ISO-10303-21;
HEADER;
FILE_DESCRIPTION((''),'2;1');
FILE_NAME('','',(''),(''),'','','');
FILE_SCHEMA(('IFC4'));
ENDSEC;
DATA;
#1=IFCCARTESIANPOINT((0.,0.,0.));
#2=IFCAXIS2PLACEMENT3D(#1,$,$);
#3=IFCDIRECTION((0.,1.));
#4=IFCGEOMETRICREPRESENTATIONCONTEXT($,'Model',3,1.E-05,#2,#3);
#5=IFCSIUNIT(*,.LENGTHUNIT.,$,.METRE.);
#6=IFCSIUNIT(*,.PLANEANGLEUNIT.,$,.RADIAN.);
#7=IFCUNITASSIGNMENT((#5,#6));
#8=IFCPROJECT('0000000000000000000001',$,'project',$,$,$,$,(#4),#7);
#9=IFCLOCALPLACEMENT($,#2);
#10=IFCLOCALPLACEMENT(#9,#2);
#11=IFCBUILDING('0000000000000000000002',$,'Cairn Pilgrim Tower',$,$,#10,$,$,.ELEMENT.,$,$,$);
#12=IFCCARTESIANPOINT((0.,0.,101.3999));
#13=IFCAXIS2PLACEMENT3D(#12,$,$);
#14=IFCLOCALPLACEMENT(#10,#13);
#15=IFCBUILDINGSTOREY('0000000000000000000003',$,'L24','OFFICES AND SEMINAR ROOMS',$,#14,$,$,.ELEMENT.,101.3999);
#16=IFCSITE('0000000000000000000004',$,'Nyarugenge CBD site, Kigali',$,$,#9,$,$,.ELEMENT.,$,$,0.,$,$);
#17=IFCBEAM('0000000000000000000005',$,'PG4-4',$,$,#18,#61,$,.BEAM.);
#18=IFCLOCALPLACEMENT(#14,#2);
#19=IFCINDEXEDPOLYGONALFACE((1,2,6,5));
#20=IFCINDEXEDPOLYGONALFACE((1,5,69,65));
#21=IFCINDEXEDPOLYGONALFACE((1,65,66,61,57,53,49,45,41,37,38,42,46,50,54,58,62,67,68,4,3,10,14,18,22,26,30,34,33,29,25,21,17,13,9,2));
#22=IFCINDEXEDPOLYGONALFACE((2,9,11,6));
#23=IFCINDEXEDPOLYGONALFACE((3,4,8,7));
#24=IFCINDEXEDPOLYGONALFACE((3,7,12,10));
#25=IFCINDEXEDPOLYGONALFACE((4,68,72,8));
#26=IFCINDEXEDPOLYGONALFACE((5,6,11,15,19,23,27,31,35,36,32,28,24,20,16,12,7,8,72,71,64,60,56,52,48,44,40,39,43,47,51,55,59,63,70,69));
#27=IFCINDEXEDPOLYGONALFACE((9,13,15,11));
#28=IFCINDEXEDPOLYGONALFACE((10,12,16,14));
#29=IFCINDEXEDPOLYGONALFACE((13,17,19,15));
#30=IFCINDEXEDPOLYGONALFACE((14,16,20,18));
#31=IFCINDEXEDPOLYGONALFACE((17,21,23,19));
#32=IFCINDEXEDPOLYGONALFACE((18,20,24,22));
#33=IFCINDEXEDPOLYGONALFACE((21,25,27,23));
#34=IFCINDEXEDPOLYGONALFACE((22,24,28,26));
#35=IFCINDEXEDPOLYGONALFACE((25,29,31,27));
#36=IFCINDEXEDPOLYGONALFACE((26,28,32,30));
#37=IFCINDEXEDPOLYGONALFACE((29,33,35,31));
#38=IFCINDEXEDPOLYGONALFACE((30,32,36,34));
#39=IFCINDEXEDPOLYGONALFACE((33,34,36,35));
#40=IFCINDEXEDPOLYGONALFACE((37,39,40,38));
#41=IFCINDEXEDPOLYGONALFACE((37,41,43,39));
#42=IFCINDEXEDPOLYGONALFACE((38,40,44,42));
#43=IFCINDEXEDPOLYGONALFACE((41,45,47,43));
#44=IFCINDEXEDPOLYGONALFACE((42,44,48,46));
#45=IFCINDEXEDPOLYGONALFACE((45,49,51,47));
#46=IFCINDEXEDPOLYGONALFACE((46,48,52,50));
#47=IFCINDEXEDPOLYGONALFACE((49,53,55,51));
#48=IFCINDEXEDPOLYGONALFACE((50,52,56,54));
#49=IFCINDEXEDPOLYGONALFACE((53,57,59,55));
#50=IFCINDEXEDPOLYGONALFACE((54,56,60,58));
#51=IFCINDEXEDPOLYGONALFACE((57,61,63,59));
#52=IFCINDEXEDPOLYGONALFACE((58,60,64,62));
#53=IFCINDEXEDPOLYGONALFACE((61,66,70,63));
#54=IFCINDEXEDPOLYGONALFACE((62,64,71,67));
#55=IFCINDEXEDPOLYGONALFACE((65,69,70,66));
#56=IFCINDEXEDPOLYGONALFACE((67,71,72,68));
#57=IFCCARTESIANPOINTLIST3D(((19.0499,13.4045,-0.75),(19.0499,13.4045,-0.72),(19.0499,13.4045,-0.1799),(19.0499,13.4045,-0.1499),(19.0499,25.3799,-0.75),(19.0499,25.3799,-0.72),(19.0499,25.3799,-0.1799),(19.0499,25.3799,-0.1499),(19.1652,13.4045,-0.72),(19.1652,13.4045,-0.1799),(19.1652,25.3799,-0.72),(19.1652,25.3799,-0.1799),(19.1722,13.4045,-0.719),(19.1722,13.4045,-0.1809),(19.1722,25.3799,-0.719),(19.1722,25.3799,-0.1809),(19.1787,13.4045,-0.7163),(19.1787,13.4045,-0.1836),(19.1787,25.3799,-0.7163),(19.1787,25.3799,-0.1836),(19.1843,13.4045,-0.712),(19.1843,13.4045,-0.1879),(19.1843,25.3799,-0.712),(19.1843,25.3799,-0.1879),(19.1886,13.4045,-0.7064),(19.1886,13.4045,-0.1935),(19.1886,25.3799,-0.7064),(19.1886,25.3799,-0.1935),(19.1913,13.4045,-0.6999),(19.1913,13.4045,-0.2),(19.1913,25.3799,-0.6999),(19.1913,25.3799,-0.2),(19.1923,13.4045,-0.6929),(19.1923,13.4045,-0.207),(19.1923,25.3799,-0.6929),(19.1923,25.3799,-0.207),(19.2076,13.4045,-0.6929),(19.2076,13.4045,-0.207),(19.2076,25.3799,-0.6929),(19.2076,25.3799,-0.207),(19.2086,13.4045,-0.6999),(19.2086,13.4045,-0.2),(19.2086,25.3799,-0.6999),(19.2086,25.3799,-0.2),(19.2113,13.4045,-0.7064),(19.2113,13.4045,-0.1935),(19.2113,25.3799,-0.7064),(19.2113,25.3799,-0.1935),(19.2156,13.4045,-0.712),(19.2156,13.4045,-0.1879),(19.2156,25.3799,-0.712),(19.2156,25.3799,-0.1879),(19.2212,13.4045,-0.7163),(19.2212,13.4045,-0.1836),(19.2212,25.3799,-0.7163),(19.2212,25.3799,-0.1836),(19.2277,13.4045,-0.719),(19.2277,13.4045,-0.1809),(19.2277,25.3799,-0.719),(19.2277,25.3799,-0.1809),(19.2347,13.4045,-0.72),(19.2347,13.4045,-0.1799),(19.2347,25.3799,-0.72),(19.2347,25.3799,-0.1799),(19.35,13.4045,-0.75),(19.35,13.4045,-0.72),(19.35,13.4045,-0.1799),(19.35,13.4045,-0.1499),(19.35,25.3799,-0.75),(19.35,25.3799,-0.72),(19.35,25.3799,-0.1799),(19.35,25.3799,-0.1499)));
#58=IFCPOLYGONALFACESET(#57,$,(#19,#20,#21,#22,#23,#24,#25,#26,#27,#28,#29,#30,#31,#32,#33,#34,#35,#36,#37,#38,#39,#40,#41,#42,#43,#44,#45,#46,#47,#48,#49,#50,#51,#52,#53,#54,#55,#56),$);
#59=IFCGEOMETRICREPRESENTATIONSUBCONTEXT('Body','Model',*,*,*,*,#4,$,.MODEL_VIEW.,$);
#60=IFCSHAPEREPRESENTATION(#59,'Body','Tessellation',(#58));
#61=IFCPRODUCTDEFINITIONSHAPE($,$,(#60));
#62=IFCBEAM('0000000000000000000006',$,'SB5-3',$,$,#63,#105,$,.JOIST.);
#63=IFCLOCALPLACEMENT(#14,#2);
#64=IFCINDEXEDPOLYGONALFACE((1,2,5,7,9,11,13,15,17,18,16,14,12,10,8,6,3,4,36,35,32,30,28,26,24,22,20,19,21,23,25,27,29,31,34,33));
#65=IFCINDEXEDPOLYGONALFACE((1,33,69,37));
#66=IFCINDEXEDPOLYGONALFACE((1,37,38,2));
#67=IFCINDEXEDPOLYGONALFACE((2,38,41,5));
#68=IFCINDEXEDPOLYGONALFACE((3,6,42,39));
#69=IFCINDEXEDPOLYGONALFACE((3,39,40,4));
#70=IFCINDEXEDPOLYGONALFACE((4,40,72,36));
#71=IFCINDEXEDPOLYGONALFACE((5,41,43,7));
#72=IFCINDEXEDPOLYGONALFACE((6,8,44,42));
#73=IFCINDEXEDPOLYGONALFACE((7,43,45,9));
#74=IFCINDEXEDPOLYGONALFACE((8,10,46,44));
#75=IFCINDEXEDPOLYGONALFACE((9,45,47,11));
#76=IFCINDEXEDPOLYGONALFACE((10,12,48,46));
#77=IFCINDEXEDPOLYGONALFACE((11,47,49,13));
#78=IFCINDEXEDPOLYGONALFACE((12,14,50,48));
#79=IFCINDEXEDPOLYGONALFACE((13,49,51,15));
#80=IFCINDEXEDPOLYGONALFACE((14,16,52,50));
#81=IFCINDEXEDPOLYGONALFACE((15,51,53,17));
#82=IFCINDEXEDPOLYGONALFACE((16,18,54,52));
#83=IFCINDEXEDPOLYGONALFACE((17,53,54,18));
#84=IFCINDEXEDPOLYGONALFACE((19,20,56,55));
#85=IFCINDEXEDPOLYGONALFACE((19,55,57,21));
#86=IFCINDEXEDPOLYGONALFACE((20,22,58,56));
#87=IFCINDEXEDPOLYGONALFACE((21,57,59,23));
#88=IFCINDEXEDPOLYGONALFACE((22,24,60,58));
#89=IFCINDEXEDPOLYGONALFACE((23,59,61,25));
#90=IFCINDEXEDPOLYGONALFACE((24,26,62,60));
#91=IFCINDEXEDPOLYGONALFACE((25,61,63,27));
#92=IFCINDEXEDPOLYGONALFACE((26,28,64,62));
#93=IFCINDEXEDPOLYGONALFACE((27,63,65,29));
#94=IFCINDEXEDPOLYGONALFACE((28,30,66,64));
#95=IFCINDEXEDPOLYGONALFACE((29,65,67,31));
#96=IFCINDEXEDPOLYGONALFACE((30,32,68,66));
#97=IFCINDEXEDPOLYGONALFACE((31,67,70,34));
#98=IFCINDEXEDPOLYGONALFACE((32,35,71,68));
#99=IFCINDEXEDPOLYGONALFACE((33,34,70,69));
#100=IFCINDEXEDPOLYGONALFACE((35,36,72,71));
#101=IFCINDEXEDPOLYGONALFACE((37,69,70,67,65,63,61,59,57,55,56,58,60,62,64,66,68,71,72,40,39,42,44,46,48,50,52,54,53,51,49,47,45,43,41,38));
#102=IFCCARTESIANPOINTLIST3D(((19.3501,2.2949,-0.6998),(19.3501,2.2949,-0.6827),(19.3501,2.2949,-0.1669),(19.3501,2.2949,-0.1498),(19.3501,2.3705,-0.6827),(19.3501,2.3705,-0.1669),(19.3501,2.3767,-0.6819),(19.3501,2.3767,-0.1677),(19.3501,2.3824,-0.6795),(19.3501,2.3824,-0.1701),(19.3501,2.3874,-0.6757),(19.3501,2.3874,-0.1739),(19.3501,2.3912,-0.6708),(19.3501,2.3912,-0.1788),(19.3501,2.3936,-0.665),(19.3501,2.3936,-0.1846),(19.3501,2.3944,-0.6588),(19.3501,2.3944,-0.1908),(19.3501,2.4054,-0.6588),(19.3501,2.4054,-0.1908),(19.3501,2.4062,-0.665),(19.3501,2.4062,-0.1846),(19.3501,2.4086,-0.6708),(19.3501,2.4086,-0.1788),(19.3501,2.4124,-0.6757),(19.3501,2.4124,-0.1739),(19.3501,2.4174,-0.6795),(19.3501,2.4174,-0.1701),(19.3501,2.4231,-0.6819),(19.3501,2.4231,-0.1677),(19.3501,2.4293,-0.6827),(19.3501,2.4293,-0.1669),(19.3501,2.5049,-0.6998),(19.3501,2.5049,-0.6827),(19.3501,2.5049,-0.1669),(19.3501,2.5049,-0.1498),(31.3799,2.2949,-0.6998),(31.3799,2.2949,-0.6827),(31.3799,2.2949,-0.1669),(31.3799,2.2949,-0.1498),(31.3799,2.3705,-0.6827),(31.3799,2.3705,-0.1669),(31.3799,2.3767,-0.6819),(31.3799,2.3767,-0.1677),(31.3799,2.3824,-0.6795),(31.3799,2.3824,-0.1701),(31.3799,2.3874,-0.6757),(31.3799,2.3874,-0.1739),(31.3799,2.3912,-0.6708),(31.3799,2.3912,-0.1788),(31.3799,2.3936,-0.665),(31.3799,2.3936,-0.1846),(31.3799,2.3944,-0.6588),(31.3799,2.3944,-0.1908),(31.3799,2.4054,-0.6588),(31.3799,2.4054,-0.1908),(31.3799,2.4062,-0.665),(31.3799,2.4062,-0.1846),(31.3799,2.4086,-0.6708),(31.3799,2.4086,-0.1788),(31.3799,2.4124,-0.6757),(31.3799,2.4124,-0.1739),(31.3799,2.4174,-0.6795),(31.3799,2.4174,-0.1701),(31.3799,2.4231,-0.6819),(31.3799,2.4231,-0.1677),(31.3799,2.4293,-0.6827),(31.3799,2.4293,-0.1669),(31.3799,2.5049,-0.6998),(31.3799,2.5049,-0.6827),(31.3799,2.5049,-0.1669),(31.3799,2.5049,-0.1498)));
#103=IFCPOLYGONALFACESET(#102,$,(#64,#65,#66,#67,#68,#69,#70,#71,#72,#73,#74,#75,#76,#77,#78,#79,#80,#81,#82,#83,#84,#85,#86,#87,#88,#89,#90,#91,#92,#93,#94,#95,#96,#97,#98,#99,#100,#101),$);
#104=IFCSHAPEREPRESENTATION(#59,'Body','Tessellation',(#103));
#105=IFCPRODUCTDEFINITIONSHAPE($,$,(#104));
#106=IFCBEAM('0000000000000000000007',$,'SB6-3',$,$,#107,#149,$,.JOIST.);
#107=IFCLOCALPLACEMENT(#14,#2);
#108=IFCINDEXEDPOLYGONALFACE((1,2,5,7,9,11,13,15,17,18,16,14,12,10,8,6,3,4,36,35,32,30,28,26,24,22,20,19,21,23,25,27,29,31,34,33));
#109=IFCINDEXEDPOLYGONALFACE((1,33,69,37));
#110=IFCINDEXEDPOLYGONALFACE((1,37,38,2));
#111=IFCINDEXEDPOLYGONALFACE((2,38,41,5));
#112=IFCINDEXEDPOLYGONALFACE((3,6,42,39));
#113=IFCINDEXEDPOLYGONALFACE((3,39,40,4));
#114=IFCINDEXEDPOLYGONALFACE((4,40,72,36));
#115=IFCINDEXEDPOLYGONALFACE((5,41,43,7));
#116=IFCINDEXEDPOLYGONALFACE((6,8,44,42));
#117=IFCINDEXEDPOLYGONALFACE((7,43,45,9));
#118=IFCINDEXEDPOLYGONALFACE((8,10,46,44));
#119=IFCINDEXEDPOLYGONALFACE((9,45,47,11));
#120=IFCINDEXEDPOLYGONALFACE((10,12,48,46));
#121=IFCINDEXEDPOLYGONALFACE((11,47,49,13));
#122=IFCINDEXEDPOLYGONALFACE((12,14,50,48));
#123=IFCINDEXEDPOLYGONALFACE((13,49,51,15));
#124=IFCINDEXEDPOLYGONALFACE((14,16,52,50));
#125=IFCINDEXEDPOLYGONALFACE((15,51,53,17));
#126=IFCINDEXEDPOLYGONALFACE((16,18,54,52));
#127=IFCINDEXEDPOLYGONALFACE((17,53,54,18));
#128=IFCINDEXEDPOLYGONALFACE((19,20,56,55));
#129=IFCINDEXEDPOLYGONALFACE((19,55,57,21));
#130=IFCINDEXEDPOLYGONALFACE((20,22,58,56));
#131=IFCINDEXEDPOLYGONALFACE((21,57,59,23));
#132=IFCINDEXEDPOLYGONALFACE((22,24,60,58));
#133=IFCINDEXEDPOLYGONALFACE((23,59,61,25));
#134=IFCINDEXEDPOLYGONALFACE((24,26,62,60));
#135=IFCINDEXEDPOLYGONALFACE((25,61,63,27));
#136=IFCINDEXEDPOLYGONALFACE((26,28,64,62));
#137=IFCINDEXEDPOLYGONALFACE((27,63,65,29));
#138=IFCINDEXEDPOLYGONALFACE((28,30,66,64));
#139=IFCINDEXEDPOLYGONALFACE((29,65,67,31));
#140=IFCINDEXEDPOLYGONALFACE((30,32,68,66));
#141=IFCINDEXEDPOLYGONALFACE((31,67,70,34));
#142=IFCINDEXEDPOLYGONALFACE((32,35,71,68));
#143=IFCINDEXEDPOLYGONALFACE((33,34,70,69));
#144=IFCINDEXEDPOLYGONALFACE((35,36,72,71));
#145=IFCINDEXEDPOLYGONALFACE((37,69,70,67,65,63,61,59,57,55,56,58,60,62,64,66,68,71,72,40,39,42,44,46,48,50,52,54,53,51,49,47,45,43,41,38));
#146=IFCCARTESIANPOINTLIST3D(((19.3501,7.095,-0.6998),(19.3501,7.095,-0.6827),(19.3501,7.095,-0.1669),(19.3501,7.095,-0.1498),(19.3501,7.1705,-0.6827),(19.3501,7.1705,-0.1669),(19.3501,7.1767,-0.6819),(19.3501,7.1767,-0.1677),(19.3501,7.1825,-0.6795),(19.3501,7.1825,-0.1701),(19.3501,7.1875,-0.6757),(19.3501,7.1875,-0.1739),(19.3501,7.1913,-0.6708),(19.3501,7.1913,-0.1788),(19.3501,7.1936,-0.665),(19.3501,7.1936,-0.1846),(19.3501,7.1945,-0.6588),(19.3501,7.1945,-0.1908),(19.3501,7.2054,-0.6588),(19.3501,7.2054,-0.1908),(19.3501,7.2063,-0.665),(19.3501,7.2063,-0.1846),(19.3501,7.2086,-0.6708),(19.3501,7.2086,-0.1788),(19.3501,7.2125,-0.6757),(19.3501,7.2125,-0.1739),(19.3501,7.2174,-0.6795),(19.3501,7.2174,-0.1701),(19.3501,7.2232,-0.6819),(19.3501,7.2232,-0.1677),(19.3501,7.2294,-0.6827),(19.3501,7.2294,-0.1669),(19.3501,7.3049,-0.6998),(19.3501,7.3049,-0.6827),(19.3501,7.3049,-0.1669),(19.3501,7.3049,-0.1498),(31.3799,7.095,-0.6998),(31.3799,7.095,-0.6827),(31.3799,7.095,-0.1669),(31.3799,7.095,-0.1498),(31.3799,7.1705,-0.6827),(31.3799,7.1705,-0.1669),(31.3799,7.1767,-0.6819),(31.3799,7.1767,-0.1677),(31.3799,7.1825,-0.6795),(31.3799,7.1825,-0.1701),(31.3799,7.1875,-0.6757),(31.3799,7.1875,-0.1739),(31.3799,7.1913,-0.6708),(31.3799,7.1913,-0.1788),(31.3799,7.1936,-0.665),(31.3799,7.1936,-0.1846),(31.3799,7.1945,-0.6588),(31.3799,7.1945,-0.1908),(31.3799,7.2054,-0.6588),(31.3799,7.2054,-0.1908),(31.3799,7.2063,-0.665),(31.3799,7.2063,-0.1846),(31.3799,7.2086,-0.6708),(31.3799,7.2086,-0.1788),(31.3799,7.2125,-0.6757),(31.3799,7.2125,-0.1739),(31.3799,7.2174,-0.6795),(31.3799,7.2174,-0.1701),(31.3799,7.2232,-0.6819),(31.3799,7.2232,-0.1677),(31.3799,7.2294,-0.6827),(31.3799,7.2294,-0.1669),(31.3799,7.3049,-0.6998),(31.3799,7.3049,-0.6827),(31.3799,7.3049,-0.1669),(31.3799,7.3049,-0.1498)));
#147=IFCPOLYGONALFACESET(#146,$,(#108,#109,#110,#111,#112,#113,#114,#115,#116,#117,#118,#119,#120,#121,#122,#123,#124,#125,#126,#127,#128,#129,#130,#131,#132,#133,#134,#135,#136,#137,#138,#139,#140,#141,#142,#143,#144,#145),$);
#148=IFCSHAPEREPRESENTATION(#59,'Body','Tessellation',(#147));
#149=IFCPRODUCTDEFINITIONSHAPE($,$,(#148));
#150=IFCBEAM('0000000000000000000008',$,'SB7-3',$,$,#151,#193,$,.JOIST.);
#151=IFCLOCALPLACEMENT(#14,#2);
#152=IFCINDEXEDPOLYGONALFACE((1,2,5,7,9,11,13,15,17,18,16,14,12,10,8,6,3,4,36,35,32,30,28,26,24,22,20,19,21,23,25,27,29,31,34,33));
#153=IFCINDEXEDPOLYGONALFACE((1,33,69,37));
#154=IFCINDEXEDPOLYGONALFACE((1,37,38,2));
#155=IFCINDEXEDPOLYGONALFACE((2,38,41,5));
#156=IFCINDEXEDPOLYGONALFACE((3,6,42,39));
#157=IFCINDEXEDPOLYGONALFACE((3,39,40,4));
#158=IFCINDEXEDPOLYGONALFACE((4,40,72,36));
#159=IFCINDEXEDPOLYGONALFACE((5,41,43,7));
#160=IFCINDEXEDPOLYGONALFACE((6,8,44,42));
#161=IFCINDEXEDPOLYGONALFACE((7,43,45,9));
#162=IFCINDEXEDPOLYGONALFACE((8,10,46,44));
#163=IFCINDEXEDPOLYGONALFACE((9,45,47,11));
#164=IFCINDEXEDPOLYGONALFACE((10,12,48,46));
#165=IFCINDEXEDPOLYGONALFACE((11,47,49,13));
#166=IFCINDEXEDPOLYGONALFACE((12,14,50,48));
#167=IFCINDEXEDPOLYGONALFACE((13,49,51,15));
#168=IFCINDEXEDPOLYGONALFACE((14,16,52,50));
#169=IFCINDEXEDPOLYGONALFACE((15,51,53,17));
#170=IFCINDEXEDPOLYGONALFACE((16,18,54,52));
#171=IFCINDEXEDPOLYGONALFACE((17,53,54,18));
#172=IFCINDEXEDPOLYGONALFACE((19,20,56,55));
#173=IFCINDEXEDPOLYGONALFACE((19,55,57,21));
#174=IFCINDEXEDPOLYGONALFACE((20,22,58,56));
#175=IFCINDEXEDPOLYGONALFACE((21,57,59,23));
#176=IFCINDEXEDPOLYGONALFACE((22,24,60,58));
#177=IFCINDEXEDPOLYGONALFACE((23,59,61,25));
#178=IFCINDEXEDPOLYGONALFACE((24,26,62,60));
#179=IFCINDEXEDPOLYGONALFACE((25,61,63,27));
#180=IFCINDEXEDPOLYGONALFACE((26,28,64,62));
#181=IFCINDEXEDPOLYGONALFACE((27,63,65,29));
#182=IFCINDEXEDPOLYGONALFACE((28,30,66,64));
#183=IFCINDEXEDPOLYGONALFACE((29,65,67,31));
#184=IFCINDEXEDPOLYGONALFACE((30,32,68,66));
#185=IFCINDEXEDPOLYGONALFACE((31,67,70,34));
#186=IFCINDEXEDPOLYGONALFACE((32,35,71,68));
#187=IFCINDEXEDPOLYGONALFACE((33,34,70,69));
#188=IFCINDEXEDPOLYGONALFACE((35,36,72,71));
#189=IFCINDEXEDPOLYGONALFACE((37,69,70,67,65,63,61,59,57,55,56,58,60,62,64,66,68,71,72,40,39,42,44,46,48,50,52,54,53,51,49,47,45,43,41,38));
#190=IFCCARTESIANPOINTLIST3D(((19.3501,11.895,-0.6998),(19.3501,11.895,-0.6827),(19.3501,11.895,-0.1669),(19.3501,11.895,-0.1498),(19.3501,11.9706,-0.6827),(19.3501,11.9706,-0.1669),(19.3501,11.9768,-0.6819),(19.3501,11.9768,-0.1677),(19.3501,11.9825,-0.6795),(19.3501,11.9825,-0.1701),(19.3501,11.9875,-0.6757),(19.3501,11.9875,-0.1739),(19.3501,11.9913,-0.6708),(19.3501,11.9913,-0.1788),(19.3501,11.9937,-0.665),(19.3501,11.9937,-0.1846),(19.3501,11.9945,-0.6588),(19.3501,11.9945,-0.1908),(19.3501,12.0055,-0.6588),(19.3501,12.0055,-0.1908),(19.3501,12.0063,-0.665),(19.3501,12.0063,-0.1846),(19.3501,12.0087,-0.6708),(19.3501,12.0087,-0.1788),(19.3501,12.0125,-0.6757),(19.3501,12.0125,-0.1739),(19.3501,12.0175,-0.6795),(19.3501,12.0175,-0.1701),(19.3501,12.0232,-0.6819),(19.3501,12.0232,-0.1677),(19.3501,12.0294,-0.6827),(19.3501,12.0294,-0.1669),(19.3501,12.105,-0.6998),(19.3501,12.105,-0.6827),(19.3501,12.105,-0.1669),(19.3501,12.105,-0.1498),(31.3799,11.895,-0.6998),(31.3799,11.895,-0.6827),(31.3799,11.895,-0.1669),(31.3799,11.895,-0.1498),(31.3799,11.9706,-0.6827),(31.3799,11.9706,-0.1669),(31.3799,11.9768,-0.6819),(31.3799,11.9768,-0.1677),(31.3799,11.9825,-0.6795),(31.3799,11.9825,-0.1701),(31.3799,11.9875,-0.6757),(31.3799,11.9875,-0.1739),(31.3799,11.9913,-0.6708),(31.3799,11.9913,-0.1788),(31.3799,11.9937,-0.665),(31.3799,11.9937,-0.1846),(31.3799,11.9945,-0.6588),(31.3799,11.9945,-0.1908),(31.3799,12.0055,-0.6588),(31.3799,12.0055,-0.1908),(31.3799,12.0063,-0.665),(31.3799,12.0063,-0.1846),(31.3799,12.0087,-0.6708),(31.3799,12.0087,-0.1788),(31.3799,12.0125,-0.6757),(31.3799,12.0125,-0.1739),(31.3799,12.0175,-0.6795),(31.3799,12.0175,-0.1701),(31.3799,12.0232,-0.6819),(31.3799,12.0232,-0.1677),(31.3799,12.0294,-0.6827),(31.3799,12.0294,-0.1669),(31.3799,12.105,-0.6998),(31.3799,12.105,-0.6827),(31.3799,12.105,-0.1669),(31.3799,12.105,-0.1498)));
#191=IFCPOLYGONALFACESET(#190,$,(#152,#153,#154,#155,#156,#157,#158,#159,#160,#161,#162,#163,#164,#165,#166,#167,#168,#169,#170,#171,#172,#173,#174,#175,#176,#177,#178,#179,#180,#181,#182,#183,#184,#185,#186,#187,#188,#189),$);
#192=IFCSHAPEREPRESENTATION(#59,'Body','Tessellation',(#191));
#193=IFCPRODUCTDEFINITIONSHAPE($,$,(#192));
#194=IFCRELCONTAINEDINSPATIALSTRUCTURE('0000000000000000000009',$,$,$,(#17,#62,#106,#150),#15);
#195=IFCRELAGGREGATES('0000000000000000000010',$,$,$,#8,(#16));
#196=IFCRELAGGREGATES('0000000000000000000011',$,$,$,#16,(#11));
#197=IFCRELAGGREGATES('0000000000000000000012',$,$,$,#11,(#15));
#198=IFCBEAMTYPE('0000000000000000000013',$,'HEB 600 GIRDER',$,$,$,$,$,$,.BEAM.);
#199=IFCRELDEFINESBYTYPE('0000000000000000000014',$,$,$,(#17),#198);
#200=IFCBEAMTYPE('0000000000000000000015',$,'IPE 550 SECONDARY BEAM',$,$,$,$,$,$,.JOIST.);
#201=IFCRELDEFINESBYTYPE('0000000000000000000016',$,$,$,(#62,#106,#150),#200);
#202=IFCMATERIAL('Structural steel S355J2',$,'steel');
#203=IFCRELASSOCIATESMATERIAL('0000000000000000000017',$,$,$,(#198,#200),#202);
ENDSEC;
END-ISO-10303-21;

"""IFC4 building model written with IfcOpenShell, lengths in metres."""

from ifc_helpers import new_model, si_unit, direction, frame, origin, origin_2d, place, context, subcontext, project, spatial, i_section, extrude, material, material_profile, profile_set, type_object, element, save


model = new_model("IFC4")

# Units and contexts
model_context = context("Model", 3, precision=1e-05, world=origin(), true_north=direction((0.0, 1.0)))
body_context = subcontext(model_context, "Body", "Model", "MODEL_VIEW")
ifc_project = project(units=[si_unit("LENGTHUNIT", "METRE"), si_unit("PLANEANGLEUNIT", "RADIAN")], contexts=[model_context])

# Site, building, storey
site_placement = place(None, origin())
site = spatial("IfcSite", under=ifc_project, at=site_placement, Name="Nyarugenge CBD site, Kigali", CompositionType="ELEMENT", RefElevation=0.0)
building_placement = place(site_placement, origin())
building = spatial("IfcBuilding", under=site, at=building_placement, Name="Cairn Pilgrim Tower", CompositionType="ELEMENT")
storey_placement = place(building_placement, frame((0.0, 0.0, 101.3999)))
storey = spatial("IfcBuildingStorey", under=building, at=storey_placement, Name="L24", Description="OFFICES AND SEMINAR ROOMS", CompositionType="ELEMENT", Elevation=101.3999)

# Beams
ifc_material_1 = material(Name="Structural steel S355J2", Category="steel")
ifc_material_profile_1 = material_profile(ifc_material_1, i_section(OverallWidth=0.3, OverallDepth=0.6001, WebThickness=0.0154, FlangeThickness=0.03, FilletRadius=0.0271, at=origin_2d()), Name="HEB 600")
ifc_profile_set_1 = profile_set([ifc_material_profile_1], Name="Structural steel S355J2")
beam_type_1 = type_object("IfcBeamType", Name="HEB 600 GIRDER", PredefinedType="BEAM", material=ifc_profile_set_1)
beam_1_placement = place(storey_placement, frame((19.2, 13.4045, -0.45), z_axis=(0.0, 1.0, 0.0), x_axis=(-1.0, 0.0, 0.0)))
element("IfcBeam", 1, at=beam_1_placement, inside=storey, type_object=beam_type_1, Name="PG4-4", PredefinedType="BEAM", context=body_context, shape_type="SweptSolid", body=[
    extrude(i_section(OverallWidth=0.3, OverallDepth=0.6001, WebThickness=0.0154, FlangeThickness=0.03, FilletRadius=0.0271, at=origin_2d()), origin(), (0.0, 0.0, 1.0), 11.9753),
])
ifc_material_profile_2 = material_profile(ifc_material_1, i_section(OverallWidth=0.21, OverallDepth=0.55, WebThickness=0.011, FlangeThickness=0.0171, FilletRadius=0.0239, at=origin_2d()), Name="IPE 550")
ifc_profile_set_2 = profile_set([ifc_material_profile_2], Name="Structural steel S355J2")
beam_type_2 = type_object("IfcBeamType", Name="IPE 550 SECONDARY BEAM", PredefinedType="JOIST", material=ifc_profile_set_2)
for number, where, z_axis, x_axis, name in (
    (2, (19.3501, 2.3999, -0.4248), (1.0, 0.0, 0.0), (0.0, 1.0, 0.0), "SB5-3"),
    (3, (19.3501, 7.2, -0.4248), (1.0, 0.0, 0.0), (0.0, 1.0, 0.0), "SB6-3"),
    (4, (19.3501, 12.0, -0.4248), (1.0, 0.0, 0.0), (0.0, 1.0, 0.0), "SB7-3"),
):
    element("IfcBeam", number, at=place(storey_placement, frame(where, z_axis=z_axis, x_axis=x_axis)), inside=storey, type_object=beam_type_2, Name=name, PredefinedType="JOIST", context=body_context, shape_type="SweptSolid", body=[
        extrude(i_section(OverallWidth=0.21, OverallDepth=0.55, WebThickness=0.011, FlangeThickness=0.0171, FilletRadius=0.0239, at=origin_2d()), origin(), (0.0, 0.0, 1.0), 12.0298),
    ])

save(model, "model.ifc")
